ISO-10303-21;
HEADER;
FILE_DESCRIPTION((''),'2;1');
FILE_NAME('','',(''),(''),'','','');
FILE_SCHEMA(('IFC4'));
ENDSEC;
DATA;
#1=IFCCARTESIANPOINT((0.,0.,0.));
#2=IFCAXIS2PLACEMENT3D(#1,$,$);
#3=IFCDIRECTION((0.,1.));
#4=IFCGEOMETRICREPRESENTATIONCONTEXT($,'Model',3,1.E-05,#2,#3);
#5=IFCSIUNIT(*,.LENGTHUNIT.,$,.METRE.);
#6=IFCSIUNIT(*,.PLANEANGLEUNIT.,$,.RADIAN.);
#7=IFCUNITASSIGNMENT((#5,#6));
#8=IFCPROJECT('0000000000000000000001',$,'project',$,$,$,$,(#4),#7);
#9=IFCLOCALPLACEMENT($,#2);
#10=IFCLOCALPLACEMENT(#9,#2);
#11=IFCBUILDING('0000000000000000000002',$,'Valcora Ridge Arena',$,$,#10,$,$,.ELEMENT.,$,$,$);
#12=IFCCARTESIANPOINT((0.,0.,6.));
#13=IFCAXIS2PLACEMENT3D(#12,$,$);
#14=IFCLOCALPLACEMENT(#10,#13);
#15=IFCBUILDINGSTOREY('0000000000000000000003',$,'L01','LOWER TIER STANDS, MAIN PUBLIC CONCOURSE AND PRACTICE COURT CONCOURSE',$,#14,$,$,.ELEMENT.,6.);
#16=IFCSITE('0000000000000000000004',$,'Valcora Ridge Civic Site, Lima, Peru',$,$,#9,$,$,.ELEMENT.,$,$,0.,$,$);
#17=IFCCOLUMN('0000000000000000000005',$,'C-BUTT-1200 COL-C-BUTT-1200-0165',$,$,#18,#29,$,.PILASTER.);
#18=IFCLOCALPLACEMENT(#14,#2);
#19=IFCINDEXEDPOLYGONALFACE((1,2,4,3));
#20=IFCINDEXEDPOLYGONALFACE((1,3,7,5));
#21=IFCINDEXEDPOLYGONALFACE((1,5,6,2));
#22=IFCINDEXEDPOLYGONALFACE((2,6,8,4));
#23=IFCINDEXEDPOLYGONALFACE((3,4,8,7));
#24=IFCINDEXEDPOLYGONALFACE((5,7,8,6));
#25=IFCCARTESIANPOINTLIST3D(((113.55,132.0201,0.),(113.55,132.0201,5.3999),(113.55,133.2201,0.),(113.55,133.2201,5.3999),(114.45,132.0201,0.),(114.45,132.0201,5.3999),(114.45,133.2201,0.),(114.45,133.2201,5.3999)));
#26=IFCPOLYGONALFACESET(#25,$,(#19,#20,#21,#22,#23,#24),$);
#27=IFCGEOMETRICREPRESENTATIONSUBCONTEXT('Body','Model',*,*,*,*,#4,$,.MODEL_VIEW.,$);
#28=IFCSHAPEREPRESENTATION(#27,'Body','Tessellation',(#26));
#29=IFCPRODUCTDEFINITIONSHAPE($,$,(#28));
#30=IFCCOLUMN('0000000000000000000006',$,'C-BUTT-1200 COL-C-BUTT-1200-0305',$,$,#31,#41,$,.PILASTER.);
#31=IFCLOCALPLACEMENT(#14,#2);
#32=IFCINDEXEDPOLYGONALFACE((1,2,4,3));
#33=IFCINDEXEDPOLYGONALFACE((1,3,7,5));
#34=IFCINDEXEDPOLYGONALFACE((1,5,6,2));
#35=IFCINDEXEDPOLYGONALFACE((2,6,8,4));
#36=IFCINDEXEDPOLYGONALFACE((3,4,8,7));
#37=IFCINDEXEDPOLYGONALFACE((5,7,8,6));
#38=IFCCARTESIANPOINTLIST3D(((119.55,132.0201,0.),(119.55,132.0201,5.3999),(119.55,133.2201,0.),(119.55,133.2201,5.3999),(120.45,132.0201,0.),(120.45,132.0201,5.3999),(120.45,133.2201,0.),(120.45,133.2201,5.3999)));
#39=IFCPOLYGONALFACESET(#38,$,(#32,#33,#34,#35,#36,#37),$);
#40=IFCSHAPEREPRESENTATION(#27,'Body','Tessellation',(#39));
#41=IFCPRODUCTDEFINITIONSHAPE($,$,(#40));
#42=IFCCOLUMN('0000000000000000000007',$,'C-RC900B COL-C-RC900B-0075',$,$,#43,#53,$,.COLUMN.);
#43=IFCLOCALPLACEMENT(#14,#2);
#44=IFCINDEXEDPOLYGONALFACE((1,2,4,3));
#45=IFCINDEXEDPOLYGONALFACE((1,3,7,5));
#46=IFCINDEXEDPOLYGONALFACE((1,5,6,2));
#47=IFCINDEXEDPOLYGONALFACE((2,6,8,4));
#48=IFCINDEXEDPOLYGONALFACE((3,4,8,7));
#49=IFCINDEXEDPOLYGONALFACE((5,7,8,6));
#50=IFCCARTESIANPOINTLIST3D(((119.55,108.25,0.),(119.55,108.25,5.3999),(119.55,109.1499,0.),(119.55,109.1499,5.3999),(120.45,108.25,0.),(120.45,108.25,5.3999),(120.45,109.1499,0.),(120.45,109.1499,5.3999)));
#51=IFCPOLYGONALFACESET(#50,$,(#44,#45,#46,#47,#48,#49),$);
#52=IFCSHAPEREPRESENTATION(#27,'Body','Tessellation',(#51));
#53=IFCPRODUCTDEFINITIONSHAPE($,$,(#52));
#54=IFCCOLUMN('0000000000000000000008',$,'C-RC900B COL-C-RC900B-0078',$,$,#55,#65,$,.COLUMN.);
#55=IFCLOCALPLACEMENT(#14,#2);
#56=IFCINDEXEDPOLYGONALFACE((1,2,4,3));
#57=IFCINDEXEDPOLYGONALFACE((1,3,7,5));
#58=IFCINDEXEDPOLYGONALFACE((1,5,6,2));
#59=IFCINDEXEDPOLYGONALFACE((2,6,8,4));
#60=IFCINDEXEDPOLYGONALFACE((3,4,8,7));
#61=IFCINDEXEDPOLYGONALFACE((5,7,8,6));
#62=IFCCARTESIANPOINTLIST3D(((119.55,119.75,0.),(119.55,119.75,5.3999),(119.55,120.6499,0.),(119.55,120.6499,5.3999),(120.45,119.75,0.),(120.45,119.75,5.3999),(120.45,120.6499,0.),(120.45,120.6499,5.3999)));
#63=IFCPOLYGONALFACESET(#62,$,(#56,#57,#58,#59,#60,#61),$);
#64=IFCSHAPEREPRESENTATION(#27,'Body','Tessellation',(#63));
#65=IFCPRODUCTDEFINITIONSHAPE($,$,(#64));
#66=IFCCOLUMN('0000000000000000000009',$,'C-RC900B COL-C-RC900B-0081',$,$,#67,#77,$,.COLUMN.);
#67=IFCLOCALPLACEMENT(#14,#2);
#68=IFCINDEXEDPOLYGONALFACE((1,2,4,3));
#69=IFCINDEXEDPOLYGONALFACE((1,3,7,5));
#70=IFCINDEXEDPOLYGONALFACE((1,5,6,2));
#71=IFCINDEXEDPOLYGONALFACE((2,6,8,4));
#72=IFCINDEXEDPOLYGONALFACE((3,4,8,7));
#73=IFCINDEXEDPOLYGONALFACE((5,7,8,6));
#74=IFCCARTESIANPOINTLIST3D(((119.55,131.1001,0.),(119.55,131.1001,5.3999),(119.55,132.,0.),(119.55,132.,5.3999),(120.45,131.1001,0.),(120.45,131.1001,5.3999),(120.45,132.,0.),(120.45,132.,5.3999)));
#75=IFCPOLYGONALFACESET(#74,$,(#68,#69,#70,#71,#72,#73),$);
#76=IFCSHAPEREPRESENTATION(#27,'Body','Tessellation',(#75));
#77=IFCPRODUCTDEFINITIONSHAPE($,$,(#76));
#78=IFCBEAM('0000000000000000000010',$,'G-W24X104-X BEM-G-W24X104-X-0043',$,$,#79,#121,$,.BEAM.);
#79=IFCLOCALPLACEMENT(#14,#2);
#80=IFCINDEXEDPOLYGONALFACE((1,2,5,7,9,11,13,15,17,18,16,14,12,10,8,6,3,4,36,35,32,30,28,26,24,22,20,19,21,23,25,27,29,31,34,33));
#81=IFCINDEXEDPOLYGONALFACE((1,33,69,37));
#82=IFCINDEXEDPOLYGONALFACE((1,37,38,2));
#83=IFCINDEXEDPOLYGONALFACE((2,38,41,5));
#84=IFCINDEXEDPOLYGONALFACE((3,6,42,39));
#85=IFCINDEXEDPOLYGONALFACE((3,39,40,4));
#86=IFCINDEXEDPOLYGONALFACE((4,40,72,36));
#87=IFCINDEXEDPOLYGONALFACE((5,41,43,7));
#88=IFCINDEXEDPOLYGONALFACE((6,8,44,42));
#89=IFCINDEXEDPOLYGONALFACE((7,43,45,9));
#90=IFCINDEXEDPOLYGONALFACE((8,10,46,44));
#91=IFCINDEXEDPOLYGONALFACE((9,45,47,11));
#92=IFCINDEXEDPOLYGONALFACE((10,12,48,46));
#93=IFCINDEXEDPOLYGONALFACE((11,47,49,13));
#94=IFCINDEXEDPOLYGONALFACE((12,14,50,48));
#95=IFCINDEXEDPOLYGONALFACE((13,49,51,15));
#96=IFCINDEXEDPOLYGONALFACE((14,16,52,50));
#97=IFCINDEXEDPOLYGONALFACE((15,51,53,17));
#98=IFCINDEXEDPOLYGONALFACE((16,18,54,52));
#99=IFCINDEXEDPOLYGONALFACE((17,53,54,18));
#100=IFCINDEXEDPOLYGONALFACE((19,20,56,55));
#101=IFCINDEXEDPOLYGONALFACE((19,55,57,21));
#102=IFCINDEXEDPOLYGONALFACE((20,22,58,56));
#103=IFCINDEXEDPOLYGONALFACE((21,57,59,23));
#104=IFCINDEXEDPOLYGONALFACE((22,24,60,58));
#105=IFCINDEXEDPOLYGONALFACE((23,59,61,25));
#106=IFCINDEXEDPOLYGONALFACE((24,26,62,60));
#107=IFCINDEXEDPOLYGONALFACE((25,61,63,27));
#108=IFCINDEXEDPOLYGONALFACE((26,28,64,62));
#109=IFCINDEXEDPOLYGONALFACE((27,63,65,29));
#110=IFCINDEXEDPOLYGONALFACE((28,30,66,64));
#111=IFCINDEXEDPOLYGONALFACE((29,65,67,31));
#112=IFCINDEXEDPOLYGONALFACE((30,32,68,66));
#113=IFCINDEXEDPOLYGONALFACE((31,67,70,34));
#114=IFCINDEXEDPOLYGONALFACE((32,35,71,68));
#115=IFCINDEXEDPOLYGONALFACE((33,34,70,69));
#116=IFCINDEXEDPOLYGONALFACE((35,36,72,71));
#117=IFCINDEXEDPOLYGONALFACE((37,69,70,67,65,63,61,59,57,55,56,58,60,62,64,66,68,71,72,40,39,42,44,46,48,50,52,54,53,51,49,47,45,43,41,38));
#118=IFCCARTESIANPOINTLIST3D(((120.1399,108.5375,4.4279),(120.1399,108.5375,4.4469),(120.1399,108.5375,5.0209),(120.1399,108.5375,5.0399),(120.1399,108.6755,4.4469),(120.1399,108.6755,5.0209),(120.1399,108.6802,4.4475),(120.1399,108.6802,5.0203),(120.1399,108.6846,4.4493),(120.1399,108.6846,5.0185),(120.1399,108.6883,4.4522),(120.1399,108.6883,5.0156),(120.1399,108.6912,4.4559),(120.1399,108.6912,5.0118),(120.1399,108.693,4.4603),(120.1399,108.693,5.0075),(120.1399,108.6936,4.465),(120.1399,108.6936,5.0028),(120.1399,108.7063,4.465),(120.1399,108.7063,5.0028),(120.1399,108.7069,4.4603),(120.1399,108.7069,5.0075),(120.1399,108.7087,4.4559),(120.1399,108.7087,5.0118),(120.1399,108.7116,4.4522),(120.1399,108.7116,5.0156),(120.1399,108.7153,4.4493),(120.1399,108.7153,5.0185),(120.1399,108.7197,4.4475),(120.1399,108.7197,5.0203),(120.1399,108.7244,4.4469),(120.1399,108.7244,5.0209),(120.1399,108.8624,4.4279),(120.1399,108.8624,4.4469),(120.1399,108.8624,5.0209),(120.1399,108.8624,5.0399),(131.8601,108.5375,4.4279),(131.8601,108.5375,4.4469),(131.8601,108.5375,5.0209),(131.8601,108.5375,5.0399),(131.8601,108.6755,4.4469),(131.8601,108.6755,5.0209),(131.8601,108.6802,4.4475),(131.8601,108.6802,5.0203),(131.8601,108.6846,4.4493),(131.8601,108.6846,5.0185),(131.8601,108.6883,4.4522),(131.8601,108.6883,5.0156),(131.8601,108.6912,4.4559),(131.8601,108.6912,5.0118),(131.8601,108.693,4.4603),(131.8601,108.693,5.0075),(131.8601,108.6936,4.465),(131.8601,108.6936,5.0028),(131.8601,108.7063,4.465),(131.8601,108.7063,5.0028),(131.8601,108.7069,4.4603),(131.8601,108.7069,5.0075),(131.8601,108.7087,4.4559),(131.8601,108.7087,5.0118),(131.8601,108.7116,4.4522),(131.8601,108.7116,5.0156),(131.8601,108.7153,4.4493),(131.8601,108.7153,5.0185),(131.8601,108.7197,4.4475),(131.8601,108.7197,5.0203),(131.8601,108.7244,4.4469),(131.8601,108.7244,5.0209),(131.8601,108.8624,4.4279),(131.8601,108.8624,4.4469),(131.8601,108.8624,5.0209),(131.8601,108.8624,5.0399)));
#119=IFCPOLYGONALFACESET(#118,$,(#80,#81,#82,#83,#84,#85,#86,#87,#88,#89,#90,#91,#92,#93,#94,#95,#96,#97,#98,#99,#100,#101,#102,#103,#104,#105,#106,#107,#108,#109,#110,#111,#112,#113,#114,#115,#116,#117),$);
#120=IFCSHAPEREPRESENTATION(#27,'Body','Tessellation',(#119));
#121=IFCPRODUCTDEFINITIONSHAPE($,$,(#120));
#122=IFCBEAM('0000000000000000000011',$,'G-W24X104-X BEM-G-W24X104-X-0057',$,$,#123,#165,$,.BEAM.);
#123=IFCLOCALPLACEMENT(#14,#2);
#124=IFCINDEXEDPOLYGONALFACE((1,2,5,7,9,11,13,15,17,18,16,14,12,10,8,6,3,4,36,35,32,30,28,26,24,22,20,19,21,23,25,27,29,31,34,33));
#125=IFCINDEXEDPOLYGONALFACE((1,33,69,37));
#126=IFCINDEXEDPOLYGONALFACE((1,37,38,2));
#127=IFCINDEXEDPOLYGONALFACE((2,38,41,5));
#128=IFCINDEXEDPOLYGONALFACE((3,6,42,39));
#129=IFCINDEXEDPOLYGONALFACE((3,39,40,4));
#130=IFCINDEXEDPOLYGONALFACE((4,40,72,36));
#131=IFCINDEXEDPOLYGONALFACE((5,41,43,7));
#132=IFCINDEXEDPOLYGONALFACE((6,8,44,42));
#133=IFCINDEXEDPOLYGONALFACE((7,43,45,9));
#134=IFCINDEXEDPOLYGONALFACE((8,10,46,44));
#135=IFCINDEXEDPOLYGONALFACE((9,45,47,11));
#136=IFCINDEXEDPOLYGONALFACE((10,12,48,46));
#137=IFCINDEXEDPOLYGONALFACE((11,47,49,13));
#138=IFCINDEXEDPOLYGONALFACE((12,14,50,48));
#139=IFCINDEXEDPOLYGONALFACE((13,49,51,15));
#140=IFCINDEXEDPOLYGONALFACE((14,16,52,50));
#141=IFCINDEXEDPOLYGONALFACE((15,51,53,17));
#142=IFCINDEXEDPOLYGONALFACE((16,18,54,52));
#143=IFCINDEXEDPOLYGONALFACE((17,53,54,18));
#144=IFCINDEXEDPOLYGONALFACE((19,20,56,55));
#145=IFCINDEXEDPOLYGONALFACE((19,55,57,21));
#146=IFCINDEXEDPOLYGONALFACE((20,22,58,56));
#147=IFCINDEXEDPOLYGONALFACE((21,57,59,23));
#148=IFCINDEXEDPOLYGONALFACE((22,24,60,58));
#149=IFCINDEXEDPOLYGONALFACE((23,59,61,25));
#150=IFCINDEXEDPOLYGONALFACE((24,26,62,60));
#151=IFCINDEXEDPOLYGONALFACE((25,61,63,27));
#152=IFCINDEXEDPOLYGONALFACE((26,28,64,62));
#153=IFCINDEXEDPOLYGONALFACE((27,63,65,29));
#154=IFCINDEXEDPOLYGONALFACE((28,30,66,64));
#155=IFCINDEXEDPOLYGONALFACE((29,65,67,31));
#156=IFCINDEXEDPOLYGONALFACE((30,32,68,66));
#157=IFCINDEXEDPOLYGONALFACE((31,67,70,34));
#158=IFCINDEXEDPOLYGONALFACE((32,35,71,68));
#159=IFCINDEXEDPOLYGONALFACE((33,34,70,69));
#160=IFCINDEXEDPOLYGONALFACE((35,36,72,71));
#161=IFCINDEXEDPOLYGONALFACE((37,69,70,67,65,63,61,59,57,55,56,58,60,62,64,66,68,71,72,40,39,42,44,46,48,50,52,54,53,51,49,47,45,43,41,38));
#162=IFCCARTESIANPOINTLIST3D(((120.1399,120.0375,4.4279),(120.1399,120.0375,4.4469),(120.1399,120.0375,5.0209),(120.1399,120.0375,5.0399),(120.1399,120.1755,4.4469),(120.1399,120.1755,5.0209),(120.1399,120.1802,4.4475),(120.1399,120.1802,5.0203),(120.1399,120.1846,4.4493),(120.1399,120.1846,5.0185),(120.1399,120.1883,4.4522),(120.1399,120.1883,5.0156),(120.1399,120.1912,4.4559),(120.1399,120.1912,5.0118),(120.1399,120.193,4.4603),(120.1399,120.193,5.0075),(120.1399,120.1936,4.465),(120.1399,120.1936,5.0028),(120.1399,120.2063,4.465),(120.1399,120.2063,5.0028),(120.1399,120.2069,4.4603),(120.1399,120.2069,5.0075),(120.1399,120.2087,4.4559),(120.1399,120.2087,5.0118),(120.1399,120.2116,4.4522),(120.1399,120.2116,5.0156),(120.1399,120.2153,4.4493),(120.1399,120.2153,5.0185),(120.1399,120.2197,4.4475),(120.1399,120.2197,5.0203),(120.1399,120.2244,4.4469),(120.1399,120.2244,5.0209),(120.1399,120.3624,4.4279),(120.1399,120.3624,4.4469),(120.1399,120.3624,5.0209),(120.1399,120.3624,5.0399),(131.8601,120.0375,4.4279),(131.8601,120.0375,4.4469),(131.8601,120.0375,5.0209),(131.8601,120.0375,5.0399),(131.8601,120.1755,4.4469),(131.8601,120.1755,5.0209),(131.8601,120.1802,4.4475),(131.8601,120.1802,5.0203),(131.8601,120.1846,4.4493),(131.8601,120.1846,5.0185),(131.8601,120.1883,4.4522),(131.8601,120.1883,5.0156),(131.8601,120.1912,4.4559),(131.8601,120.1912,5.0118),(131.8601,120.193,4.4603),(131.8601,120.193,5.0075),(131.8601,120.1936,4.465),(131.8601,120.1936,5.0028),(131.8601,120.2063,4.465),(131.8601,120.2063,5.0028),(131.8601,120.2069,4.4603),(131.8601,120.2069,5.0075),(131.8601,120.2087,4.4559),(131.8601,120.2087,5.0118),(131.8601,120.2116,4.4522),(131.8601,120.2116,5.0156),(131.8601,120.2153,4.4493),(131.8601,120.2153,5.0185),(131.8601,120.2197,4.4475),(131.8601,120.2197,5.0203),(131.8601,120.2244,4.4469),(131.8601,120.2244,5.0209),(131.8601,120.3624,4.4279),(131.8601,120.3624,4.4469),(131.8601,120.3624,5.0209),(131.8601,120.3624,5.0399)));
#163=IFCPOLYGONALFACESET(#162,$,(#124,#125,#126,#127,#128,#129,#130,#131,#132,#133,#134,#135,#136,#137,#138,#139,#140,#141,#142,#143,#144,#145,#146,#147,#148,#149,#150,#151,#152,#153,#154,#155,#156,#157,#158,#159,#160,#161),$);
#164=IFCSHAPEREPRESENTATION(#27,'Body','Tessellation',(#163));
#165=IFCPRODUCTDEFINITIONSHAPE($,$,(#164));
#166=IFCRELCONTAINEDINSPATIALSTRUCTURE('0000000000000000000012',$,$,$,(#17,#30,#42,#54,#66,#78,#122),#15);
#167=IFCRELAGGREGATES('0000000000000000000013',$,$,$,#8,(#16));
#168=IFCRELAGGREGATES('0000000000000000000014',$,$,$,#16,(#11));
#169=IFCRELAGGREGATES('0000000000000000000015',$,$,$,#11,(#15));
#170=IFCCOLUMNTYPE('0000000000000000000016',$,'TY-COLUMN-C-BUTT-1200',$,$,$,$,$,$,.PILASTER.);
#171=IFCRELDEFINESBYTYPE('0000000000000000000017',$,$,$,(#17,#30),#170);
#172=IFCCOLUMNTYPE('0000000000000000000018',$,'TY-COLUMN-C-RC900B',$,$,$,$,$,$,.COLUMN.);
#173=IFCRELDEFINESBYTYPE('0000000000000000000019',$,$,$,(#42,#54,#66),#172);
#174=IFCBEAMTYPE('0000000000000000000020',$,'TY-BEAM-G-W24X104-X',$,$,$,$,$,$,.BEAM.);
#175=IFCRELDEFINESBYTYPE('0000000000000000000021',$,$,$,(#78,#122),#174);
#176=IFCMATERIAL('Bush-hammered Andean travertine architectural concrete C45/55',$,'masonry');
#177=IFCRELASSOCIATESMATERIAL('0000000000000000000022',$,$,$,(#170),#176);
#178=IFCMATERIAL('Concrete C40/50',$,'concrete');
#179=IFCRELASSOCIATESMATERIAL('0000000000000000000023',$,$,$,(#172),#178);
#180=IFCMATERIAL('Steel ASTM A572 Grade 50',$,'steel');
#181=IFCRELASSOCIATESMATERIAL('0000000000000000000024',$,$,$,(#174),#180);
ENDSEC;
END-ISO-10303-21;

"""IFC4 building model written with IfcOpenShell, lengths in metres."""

from ifc_helpers import new_model, si_unit, direction, frame, origin, origin_2d, place, context, subcontext, project, spatial, rectangle, i_section, extrude, material, material_profile, profile_set, type_object, element, save


model = new_model("IFC4")

# Units and contexts
model_context = context("Model", 3, precision=1e-05, world=origin(), true_north=direction((0.0, 1.0)))
body_context = subcontext(model_context, "Body", "Model", "MODEL_VIEW")
ifc_project = project(units=[si_unit("LENGTHUNIT", "METRE"), si_unit("PLANEANGLEUNIT", "RADIAN")], contexts=[model_context])

# Site, building, storey
site_placement = place(None, origin())
site = spatial("IfcSite", under=ifc_project, at=site_placement, Name="Valcora Ridge Civic Site, Lima, Peru", CompositionType="ELEMENT", RefElevation=0.0)
building_placement = place(site_placement, origin())
building = spatial("IfcBuilding", under=site, at=building_placement, Name="Valcora Ridge Arena", CompositionType="ELEMENT")
storey_placement = place(building_placement, frame((0.0, 0.0, 6.0)))
storey = spatial("IfcBuildingStorey", under=building, at=storey_placement, Name="L01", Description="LOWER TIER STANDS, MAIN PUBLIC CONCOURSE AND PRACTICE COURT CONCOURSE", CompositionType="ELEMENT", Elevation=6.0)

# Columns
ifc_material_1 = material(Name="Bush-hammered Andean travertine architectural concrete C45/55", Category="masonry")
ifc_material_profile_1 = material_profile(ifc_material_1, rectangle(XDim=0.8999, YDim=1.2, at=origin_2d()), Name="RC 900x1200")
ifc_profile_set_1 = profile_set([ifc_material_profile_1], Name="Bush-hammered Andean travertine architectural concrete C45/55")
column_type_1 = type_object("IfcColumnType", Name="TY-COLUMN-C-BUTT-1200", PredefinedType="PILASTER", material=ifc_profile_set_1)
for number, where, z_axis, x_axis, name in (
    (1, (114.0, 132.6201, 0.0), (0.0, 0.0, 1.0), (1.0, 0.0, 0.0), "C-BUTT-1200 COL-C-BUTT-1200-0165"),
    (2, (120.0, 132.6201, 0.0), (0.0, 0.0, 1.0), (1.0, 0.0, 0.0), "C-BUTT-1200 COL-C-BUTT-1200-0305"),
):
    element("IfcColumn", number, at=place(storey_placement, frame(where, z_axis=z_axis, x_axis=x_axis)), inside=storey, type_object=column_type_1, Name=name, PredefinedType="PILASTER", context=body_context, shape_type="SweptSolid", body=[
        extrude(rectangle(XDim=0.8999, YDim=1.2, at=origin_2d()), origin(), (0.0, 0.0, 1.0), 5.3999),
    ])
ifc_material_2 = material(Name="Concrete C40/50", Category="concrete")
ifc_material_profile_2 = material_profile(ifc_material_2, rectangle(XDim=0.8999, YDim=0.8999, at=origin_2d()), Name="RC 900x900")
ifc_profile_set_2 = profile_set([ifc_material_profile_2], Name="Concrete C40/50")
column_type_2 = type_object("IfcColumnType", Name="TY-COLUMN-C-RC900B", PredefinedType="COLUMN", material=ifc_profile_set_2)
for number, where, z_axis, x_axis, name in (
    (3, (120.0, 108.7, 0.0), (0.0, 0.0, 1.0), (1.0, 0.0, 0.0), "C-RC900B COL-C-RC900B-0075"),
    (4, (120.0, 120.2, 0.0), (0.0, 0.0, 1.0), (1.0, 0.0, 0.0), "C-RC900B COL-C-RC900B-0078"),
    (5, (120.0, 131.55, 0.0), (0.0, 0.0, 1.0), (1.0, 0.0, 0.0), "C-RC900B COL-C-RC900B-0081"),
):
    element("IfcColumn", number, at=place(storey_placement, frame(where, z_axis=z_axis, x_axis=x_axis)), inside=storey, type_object=column_type_2, Name=name, PredefinedType="COLUMN", context=body_context, shape_type="SweptSolid", body=[
        extrude(rectangle(XDim=0.8999, YDim=0.8999, at=origin_2d()), origin(), (0.0, 0.0, 1.0), 5.3999),
    ])

# Beams
ifc_material_3 = material(Name="Steel ASTM A572 Grade 50", Category="steel")
ifc_material_profile_3 = material_profile(ifc_material_3, i_section(OverallWidth=0.325, OverallDepth=0.6121, WebThickness=0.0127, FlangeThickness=0.019, FilletRadius=0.0181, at=origin_2d()), Name="W24X104")
ifc_profile_set_3 = profile_set([ifc_material_profile_3], Name="Steel ASTM A572 Grade 50")
beam_type_1 = type_object("IfcBeamType", Name="TY-BEAM-G-W24X104-X", PredefinedType="BEAM", material=ifc_profile_set_3)
for number, where, z_axis, x_axis, name in (
    (6, (120.1399, 108.7, 4.7339), (1.0, 0.0, 0.0), (0.0, 1.0, 0.0), "G-W24X104-X BEM-G-W24X104-X-0043"),
    (7, (120.1399, 120.2, 4.7339), (1.0, 0.0, 0.0), (0.0, 1.0, 0.0), "G-W24X104-X BEM-G-W24X104-X-0057"),
):
    element("IfcBeam", number, at=place(storey_placement, frame(where, z_axis=z_axis, x_axis=x_axis)), inside=storey, type_object=beam_type_1, Name=name, PredefinedType="BEAM", context=body_context, shape_type="SweptSolid", body=[
        extrude(i_section(OverallWidth=0.325, OverallDepth=0.6121, WebThickness=0.0127, FlangeThickness=0.019, FilletRadius=0.0181, at=origin_2d()), origin(), (0.0, 0.0, 1.0), 11.7202),
    ])

save(model, "model.ifc")
